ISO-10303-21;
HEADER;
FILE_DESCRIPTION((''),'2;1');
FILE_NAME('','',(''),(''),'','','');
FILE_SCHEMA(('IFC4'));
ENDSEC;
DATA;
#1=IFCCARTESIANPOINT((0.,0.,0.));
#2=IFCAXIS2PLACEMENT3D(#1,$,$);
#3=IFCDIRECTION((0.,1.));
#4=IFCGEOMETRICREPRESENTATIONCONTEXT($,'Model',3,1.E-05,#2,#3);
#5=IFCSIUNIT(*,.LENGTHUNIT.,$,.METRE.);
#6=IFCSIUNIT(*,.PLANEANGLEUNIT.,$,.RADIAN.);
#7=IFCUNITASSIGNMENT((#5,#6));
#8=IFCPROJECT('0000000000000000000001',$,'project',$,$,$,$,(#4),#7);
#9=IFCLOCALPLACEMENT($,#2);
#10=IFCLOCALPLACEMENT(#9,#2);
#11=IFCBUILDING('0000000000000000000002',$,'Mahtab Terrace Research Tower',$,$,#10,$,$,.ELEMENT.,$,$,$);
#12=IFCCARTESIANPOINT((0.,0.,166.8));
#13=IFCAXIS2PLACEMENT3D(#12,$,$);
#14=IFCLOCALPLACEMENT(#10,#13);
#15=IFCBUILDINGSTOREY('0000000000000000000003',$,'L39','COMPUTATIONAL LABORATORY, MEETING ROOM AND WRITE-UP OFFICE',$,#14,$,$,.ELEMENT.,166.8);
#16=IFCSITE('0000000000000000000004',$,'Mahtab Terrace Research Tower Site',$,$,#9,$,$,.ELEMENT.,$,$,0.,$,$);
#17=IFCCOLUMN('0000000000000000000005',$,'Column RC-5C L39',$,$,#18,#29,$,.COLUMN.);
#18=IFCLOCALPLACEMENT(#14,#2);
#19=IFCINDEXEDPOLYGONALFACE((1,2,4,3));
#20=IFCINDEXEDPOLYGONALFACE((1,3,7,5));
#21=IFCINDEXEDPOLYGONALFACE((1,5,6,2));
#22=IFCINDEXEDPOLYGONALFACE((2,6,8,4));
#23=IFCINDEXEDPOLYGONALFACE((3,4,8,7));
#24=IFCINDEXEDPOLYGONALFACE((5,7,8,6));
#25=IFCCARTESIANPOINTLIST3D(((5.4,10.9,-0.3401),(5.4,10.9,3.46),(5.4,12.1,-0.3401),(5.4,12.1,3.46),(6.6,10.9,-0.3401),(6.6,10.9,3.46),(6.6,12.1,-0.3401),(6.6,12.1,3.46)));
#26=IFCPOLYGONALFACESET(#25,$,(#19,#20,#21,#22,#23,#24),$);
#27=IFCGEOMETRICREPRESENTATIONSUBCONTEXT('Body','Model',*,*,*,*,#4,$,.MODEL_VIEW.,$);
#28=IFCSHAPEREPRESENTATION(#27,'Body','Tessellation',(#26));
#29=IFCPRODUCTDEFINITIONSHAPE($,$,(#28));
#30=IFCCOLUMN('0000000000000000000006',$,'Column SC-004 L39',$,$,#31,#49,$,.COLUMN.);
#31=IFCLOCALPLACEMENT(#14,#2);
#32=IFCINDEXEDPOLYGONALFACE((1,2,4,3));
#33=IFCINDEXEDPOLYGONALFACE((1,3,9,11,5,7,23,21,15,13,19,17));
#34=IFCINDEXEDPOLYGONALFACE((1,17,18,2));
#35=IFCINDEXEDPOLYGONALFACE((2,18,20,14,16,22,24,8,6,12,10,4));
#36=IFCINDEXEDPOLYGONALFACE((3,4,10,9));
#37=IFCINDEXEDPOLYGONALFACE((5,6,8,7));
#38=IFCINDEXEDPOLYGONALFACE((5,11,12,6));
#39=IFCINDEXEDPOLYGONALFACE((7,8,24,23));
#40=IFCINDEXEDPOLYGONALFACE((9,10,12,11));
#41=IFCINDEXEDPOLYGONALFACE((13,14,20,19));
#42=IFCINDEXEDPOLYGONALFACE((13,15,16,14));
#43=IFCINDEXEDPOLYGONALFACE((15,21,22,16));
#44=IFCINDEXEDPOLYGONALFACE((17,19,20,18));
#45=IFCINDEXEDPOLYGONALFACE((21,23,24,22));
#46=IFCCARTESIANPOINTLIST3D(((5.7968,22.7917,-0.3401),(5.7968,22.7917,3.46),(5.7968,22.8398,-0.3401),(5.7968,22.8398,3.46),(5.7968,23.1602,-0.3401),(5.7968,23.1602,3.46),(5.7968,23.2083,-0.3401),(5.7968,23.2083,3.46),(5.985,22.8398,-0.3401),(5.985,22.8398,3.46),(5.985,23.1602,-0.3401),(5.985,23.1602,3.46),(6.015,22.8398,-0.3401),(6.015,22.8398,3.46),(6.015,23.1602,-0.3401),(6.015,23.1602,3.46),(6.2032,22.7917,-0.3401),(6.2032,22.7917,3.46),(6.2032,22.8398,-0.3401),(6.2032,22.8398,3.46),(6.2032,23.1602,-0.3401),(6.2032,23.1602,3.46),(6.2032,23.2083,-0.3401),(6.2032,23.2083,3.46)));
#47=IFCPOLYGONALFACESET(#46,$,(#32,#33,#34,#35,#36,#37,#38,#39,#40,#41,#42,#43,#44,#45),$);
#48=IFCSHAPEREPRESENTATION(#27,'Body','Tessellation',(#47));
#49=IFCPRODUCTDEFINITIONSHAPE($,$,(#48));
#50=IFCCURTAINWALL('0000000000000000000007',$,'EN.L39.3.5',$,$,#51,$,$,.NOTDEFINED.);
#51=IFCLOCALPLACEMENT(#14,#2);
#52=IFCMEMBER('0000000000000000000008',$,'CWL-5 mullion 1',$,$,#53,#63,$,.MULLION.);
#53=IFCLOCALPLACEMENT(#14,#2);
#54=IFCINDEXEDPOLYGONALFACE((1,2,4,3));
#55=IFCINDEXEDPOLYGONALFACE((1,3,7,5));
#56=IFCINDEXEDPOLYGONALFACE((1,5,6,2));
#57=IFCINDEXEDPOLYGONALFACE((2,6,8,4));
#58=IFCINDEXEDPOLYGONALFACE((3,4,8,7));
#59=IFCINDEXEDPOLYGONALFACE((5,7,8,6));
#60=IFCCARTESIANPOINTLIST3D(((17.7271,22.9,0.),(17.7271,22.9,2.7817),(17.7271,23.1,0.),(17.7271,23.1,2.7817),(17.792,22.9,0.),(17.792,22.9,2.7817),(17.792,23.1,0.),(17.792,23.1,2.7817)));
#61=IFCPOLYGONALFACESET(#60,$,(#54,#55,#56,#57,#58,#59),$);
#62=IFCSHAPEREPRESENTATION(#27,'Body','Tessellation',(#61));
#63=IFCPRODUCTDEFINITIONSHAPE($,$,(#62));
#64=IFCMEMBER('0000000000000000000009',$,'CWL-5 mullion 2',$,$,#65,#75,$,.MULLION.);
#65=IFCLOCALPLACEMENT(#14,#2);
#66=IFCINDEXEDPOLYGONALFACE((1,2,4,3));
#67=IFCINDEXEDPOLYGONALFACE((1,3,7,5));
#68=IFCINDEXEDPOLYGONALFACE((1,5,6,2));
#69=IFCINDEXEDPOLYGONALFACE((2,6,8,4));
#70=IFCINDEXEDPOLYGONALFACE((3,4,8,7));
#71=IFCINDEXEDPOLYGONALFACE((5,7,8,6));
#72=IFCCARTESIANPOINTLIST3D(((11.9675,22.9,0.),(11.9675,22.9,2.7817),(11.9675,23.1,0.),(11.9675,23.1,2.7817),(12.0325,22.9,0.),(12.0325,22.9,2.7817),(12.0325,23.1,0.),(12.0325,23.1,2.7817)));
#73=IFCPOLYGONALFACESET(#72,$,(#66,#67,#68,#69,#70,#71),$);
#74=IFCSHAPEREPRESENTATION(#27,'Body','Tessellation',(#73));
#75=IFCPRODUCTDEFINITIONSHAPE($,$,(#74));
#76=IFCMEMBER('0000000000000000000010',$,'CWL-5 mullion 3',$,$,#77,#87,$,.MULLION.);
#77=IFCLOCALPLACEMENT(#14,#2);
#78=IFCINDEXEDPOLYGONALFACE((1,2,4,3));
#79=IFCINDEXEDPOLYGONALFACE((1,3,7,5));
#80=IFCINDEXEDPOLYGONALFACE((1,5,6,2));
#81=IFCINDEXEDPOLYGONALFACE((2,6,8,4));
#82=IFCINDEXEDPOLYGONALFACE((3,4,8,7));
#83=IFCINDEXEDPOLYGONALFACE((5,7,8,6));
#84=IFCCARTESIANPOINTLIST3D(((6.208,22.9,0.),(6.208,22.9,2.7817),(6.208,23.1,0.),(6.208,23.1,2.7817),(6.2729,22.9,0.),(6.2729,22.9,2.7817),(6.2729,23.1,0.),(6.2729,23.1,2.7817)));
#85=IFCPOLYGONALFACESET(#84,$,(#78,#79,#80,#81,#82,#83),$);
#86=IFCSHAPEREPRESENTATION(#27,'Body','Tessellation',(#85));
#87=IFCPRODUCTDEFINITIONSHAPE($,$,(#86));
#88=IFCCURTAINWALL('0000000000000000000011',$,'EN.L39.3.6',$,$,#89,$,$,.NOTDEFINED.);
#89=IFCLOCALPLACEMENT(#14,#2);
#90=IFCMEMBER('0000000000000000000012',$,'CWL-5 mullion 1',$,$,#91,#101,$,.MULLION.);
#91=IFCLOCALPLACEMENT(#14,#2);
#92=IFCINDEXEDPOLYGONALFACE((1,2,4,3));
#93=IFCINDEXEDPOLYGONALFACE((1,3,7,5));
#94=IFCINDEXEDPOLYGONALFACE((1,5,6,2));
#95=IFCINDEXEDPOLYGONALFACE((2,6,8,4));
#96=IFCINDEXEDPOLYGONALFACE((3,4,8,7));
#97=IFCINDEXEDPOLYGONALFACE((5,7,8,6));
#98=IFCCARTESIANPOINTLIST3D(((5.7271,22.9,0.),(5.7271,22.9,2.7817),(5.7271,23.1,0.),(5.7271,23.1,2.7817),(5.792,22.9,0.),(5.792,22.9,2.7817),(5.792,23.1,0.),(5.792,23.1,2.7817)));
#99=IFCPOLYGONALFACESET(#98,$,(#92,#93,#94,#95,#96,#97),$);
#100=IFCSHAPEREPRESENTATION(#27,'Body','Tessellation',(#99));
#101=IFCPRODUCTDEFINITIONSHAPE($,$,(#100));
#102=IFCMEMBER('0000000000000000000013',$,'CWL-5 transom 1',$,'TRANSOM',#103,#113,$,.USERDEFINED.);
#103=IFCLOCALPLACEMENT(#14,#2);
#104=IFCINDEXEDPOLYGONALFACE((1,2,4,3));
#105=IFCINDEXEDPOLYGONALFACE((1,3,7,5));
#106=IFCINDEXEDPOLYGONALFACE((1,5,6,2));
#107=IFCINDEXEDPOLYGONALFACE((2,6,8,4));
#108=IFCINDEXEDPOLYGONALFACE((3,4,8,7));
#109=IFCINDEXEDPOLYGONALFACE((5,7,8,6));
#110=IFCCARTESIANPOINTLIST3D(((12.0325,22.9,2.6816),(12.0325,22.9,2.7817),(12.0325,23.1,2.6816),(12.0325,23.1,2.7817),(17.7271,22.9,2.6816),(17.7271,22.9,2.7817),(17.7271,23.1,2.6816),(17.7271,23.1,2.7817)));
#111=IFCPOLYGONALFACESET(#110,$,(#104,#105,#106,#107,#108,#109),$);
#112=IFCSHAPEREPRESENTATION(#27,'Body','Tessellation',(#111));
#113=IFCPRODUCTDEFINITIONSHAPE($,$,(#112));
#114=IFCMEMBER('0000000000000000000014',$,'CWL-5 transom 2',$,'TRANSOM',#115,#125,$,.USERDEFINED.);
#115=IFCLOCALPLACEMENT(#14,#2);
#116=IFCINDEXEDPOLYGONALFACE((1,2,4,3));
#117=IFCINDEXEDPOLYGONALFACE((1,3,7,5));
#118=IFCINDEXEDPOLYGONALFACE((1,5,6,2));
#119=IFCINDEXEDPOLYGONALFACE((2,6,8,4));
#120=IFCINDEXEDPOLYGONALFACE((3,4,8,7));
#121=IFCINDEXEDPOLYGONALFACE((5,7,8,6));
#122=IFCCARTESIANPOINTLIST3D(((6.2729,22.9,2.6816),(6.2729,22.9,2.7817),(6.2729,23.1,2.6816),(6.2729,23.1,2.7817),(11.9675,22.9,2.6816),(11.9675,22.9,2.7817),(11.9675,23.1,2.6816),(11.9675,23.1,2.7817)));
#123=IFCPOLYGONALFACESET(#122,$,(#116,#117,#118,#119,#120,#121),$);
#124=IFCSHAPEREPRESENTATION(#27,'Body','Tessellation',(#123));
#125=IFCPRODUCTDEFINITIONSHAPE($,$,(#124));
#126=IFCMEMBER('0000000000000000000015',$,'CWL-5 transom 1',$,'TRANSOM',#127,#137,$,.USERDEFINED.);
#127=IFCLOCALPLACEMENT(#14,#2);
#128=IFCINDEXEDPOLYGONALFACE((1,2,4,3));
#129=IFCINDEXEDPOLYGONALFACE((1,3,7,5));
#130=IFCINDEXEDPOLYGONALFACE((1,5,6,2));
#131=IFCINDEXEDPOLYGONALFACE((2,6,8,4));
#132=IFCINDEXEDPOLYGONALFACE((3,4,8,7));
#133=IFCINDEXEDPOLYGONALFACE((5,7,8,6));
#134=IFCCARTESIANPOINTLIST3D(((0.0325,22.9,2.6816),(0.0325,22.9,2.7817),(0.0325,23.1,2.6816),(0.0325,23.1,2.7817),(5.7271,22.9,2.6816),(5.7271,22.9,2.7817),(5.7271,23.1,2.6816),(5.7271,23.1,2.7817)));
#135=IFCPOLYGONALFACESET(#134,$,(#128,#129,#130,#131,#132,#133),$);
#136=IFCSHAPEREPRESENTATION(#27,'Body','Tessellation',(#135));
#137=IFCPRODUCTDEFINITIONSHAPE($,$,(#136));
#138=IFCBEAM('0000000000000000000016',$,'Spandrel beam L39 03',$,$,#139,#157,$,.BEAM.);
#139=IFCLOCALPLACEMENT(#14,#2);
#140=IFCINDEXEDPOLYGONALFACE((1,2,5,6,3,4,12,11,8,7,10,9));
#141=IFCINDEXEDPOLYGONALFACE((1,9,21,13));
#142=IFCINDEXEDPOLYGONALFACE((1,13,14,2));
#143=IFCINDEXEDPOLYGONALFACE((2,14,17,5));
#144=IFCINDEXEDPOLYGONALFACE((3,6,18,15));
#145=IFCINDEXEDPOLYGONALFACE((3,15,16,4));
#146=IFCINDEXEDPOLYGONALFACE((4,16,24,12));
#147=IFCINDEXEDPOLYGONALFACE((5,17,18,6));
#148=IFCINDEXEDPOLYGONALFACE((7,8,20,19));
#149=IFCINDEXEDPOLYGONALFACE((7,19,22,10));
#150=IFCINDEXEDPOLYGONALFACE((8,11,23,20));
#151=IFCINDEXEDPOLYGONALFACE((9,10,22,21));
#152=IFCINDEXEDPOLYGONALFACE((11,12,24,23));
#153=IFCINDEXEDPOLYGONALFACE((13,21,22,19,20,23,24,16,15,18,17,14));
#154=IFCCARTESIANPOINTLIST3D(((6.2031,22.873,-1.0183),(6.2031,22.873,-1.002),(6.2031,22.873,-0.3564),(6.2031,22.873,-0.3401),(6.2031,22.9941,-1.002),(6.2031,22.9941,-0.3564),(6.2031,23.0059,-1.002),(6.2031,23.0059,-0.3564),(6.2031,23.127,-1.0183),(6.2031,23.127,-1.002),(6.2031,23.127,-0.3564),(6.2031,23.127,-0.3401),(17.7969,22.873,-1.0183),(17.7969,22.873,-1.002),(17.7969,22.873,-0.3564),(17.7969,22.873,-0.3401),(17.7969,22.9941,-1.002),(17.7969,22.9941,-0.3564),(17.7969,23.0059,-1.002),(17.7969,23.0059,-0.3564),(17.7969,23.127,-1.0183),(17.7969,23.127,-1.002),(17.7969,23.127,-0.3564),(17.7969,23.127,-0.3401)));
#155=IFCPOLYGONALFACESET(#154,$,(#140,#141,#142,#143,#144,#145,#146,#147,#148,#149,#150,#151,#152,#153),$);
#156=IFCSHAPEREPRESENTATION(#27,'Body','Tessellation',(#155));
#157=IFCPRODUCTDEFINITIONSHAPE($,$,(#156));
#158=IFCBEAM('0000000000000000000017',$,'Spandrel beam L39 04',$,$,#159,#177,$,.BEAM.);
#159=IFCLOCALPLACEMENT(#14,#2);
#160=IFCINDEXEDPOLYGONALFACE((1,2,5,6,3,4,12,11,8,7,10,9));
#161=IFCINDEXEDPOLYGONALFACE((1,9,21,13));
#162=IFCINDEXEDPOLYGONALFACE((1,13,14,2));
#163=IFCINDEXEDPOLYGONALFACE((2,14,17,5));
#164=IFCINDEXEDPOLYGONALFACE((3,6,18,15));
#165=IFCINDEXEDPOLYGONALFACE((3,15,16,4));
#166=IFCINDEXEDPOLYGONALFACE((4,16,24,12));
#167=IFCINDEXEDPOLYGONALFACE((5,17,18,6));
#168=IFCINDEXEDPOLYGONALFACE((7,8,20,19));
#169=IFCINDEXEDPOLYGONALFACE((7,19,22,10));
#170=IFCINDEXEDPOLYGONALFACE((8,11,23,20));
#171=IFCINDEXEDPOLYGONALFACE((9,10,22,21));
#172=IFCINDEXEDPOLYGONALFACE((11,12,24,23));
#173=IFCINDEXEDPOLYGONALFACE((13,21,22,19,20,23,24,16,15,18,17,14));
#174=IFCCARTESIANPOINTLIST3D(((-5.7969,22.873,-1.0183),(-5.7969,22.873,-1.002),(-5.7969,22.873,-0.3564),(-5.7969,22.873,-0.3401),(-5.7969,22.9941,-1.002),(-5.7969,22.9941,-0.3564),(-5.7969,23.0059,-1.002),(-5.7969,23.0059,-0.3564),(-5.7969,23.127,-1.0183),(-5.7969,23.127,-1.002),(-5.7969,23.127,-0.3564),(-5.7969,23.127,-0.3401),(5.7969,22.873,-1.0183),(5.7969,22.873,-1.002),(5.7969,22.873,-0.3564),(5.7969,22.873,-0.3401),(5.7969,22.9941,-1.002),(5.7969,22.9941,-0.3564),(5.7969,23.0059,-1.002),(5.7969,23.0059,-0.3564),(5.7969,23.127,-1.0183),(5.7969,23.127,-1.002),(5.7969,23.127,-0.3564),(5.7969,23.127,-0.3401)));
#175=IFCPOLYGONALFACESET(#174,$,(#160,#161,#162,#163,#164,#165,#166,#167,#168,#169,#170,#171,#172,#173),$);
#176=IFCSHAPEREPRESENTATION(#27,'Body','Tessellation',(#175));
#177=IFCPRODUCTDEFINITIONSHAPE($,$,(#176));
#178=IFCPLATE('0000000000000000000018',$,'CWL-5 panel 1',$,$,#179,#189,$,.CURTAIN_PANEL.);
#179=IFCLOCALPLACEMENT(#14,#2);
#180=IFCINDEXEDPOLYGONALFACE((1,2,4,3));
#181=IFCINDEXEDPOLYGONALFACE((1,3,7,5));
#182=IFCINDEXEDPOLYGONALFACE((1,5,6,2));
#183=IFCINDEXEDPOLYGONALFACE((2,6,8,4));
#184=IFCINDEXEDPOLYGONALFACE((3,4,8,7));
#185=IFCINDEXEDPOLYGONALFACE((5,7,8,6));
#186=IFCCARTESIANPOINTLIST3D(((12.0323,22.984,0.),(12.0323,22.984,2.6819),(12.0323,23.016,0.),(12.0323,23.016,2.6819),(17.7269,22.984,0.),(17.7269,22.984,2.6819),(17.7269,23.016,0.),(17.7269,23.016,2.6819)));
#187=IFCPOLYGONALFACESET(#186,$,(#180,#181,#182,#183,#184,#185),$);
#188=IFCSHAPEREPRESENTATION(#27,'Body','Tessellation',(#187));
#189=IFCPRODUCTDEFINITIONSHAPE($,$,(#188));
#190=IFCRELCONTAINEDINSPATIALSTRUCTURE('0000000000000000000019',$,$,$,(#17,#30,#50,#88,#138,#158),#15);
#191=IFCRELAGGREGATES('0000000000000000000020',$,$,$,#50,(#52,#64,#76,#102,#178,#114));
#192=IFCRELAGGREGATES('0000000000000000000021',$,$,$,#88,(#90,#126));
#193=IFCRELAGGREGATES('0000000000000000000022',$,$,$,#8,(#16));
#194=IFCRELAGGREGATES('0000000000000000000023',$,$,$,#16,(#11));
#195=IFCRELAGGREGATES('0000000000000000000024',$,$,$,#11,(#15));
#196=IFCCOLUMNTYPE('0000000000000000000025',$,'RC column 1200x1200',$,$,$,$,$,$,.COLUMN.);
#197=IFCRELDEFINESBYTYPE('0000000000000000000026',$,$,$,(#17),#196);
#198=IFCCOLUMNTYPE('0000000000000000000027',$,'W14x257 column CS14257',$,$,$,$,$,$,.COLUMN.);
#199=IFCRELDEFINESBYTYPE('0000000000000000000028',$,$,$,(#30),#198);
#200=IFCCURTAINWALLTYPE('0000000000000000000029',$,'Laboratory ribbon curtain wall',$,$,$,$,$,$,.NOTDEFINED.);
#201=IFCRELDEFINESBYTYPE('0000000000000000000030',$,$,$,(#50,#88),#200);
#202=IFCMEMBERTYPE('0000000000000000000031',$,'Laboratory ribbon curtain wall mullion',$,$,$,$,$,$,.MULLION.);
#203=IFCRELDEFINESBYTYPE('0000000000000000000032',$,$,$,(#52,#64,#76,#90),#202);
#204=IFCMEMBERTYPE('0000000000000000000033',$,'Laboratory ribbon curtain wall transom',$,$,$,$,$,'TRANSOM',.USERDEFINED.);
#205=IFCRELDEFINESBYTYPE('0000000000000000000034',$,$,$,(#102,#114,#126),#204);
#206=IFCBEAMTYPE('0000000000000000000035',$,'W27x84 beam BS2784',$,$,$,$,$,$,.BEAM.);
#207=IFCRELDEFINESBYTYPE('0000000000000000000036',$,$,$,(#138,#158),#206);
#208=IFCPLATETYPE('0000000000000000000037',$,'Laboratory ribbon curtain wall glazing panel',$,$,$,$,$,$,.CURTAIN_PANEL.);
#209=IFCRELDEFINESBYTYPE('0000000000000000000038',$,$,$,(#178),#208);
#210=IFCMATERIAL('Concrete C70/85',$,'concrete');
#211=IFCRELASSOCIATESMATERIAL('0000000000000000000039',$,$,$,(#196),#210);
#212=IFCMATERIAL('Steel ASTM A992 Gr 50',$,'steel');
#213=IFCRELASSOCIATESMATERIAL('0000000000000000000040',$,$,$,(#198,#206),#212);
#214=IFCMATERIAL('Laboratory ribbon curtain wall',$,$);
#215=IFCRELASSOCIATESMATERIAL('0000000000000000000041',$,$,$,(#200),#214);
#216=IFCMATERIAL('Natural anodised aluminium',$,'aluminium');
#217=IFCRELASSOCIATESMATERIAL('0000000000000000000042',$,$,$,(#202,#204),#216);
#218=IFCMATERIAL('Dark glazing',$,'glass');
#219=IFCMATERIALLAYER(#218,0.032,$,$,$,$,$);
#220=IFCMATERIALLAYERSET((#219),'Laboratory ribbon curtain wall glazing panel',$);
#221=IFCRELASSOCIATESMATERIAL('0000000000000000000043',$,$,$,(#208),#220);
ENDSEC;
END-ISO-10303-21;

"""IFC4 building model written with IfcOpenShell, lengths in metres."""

from ifc_helpers import new_model, si_unit, direction, frame, origin, origin_2d, place, context, subcontext, project, spatial, rectangle, i_section, extrude, material, layer, layer_set, material_profile, profile_set, type_object, element, aggregate, save


model = new_model("IFC4")

# Units and contexts
model_context = context("Model", 3, precision=1e-05, world=origin(), true_north=direction((0.0, 1.0)))
body_context = subcontext(model_context, "Body", "Model", "MODEL_VIEW")
ifc_project = project(units=[si_unit("LENGTHUNIT", "METRE"), si_unit("PLANEANGLEUNIT", "RADIAN")], contexts=[model_context])

# Site, building, storey
site_placement = place(None, origin())
site = spatial("IfcSite", under=ifc_project, at=site_placement, Name="Mahtab Terrace Research Tower Site", CompositionType="ELEMENT", RefElevation=0.0)
building_placement = place(site_placement, origin())
building = spatial("IfcBuilding", under=site, at=building_placement, Name="Mahtab Terrace Research Tower", CompositionType="ELEMENT")
storey_placement = place(building_placement, frame((0.0, 0.0, 166.8)))
storey = spatial("IfcBuildingStorey", under=building, at=storey_placement, Name="L39", Description="COMPUTATIONAL LABORATORY, MEETING ROOM AND WRITE-UP OFFICE", CompositionType="ELEMENT", Elevation=166.8)

# Columns
ifc_material_1 = material(Name="Concrete C70/85", Category="concrete")
ifc_material_profile_1 = material_profile(ifc_material_1, rectangle(XDim=1.2, YDim=1.2, at=origin_2d()), Name="RC column 1200x1200")
ifc_profile_set_1 = profile_set([ifc_material_profile_1], Name="Concrete C70/85")
column_type_1 = type_object("IfcColumnType", Name="RC column 1200x1200", PredefinedType="COLUMN", material=ifc_profile_set_1)
column_1_placement = place(storey_placement, frame((6.0, 11.5, -0.3401), z_axis=(0.0, 0.0, 1.0), x_axis=(1.0, 0.0, 0.0)))
element("IfcColumn", 1, at=column_1_placement, inside=storey, type_object=column_type_1, Name="Column RC-5C L39", PredefinedType="COLUMN", context=body_context, shape_type="SweptSolid", body=[
    extrude(rectangle(XDim=1.2, YDim=1.2, at=origin_2d()), origin(), (0.0, 0.0, 1.0), 3.8),
])
ifc_material_2 = material(Name="Steel ASTM A992 Gr 50", Category="steel")
ifc_material_profile_2 = material_profile(ifc_material_2, i_section(OverallWidth=0.4065, OverallDepth=0.4165, WebThickness=0.03, FlangeThickness=0.0481, at=origin_2d()), Name="W14X257")
ifc_profile_set_2 = profile_set([ifc_material_profile_2], Name="Steel ASTM A992 Gr 50")
column_type_2 = type_object("IfcColumnType", Name="W14x257 column CS14257", PredefinedType="COLUMN", material=ifc_profile_set_2)
column_2_placement = place(storey_placement, frame((6.0, 23.0, -0.3401), z_axis=(0.0, 0.0, 1.0), x_axis=(1.0, 0.0, 0.0)))
element("IfcColumn", 2, at=column_2_placement, inside=storey, type_object=column_type_2, Name="Column SC-004 L39", PredefinedType="COLUMN", context=body_context, shape_type="SweptSolid", body=[
    extrude(i_section(OverallWidth=0.4065, OverallDepth=0.4165, WebThickness=0.03, FlangeThickness=0.0481, at=origin_2d()), origin(), (0.0, 0.0, 1.0), 3.8),
])

# Curtain wall, members
ifc_material_3 = material(Name="Laboratory ribbon curtain wall")
curtain_wall_type = type_object("IfcCurtainWallType", Name="Laboratory ribbon curtain wall", PredefinedType="NOTDEFINED", material=ifc_material_3)
curtain_wall_1_placement = place(storey_placement, origin())
curtain_wall_1 = element("IfcCurtainWall", 3, at=curtain_wall_1_placement, inside=storey, type_object=curtain_wall_type, Name="EN.L39.3.5", PredefinedType="NOTDEFINED")
ifc_material_4 = material(Name="Natural anodised aluminium", Category="aluminium")
ifc_material_profile_3 = material_profile(ifc_material_4, rectangle(XDim=0.2, YDim=0.0649, at=origin_2d()), Name="MULLION 65x200")
ifc_profile_set_3 = profile_set([ifc_material_profile_3], Name="Natural anodised aluminium")
member_type_1 = type_object("IfcMemberType", Name="Laboratory ribbon curtain wall mullion", PredefinedType="MULLION", material=ifc_profile_set_3)
member_1_placement = place(storey_placement, frame((17.7595, 23.0, 0.0), z_axis=(0.0, 0.0, 1.0), x_axis=(0.0, -1.0, 0.0)))
member_1 = element("IfcMember", 4, at=member_1_placement, type_object=member_type_1, Name="CWL-5 mullion 1", PredefinedType="MULLION", context=body_context, shape_type="SweptSolid", body=[
    extrude(rectangle(XDim=0.2, YDim=0.0649, at=origin_2d()), origin(), (0.0, 0.0, 1.0), 2.7817),
])
member_2_placement = place(storey_placement, frame((12.0, 23.0, 0.0), z_axis=(0.0, 0.0, 1.0), x_axis=(0.0, -1.0, 0.0)))
member_2 = element("IfcMember", 5, at=member_2_placement, type_object=member_type_1, Name="CWL-5 mullion 2", PredefinedType="MULLION", context=body_context, shape_type="SweptSolid", body=[
    extrude(rectangle(XDim=0.2, YDim=0.0649, at=origin_2d()), origin(), (0.0, 0.0, 1.0), 2.7817),
])
member_3_placement = place(storey_placement, frame((6.2405, 23.0, 0.0), z_axis=(0.0, 0.0, 1.0), x_axis=(0.0, -1.0, 0.0)))
member_3 = element("IfcMember", 6, at=member_3_placement, type_object=member_type_1, Name="CWL-5 mullion 3", PredefinedType="MULLION", context=body_context, shape_type="SweptSolid", body=[
    extrude(rectangle(XDim=0.2, YDim=0.0649, at=origin_2d()), origin(), (0.0, 0.0, 1.0), 2.7817),
])

# Curtain wall, member
curtain_wall_2_placement = place(storey_placement, origin())
curtain_wall_2 = element("IfcCurtainWall", 7, at=curtain_wall_2_placement, inside=storey, type_object=curtain_wall_type, Name="EN.L39.3.6", PredefinedType="NOTDEFINED")
member_4_placement = place(storey_placement, frame((5.7595, 23.0, 0.0), z_axis=(0.0, 0.0, 1.0), x_axis=(0.0, -1.0, 0.0)))
member_4 = element("IfcMember", 8, at=member_4_placement, type_object=member_type_1, Name="CWL-5 mullion 1", PredefinedType="MULLION", context=body_context, shape_type="SweptSolid", body=[
    extrude(rectangle(XDim=0.2, YDim=0.0649, at=origin_2d()), origin(), (0.0, 0.0, 1.0), 2.7817),
])

# Members
ifc_material_profile_4 = material_profile(ifc_material_4, rectangle(XDim=0.2, YDim=0.1001, at=origin_2d()), Name="TRANSOM 100x200")
ifc_profile_set_4 = profile_set([ifc_material_profile_4], Name="Natural anodised aluminium")
member_type_2 = type_object("IfcMemberType", Name="Laboratory ribbon curtain wall transom", ElementType="TRANSOM", PredefinedType="USERDEFINED", material=ifc_profile_set_4)
member_5_placement = place(storey_placement, frame((17.7271, 23.0, 2.7317), z_axis=(-1.0, 0.0, 0.0), x_axis=(0.0, -1.0, 0.0)))
member_5 = element("IfcMember", 9, at=member_5_placement, type_object=member_type_2, Name="CWL-5 transom 1", ObjectType="TRANSOM", PredefinedType="USERDEFINED", context=body_context, shape_type="SweptSolid", body=[
    extrude(rectangle(XDim=0.2, YDim=0.1001, at=origin_2d()), origin(), (0.0, 0.0, 1.0), 5.6946),
])
member_6_placement = place(storey_placement, frame((11.9675, 23.0, 2.7317), z_axis=(-1.0, 0.0, 0.0), x_axis=(0.0, -1.0, 0.0)))
member_6 = element("IfcMember", 10, at=member_6_placement, type_object=member_type_2, Name="CWL-5 transom 2", ObjectType="TRANSOM", PredefinedType="USERDEFINED", context=body_context, shape_type="SweptSolid", body=[
    extrude(rectangle(XDim=0.2, YDim=0.1001, at=origin_2d()), origin(), (0.0, 0.0, 1.0), 5.6946),
])
member_7_placement = place(storey_placement, frame((5.7271, 23.0, 2.7317), z_axis=(-1.0, 0.0, 0.0), x_axis=(0.0, -1.0, 0.0)))
member_7 = element("IfcMember", 11, at=member_7_placement, type_object=member_type_2, Name="CWL-5 transom 1", ObjectType="TRANSOM", PredefinedType="USERDEFINED", context=body_context, shape_type="SweptSolid", body=[
    extrude(rectangle(XDim=0.2, YDim=0.1001, at=origin_2d()), origin(), (0.0, 0.0, 1.0), 5.6946),
])

# Beams
ifc_material_profile_5 = material_profile(ifc_material_2, i_section(OverallWidth=0.2539, OverallDepth=0.6782, WebThickness=0.0117, FlangeThickness=0.0164, at=origin_2d()), Name="W27X84")
ifc_profile_set_5 = profile_set([ifc_material_profile_5], Name="Steel ASTM A992 Gr 50")
beam_type = type_object("IfcBeamType", Name="W27x84 beam BS2784", PredefinedType="BEAM", material=ifc_profile_set_5)
for number, where, z_axis, x_axis, name in (
    (12, (17.7969, 23.0, -0.6792), (-1.0, 0.0, 0.0), (0.0, -1.0, 0.0), "Spandrel beam L39 03"),
    (13, (5.7969, 23.0, -0.6792), (-1.0, 0.0, 0.0), (0.0, -1.0, 0.0), "Spandrel beam L39 04"),
):
    element("IfcBeam", number, at=place(storey_placement, frame(where, z_axis=z_axis, x_axis=x_axis)), inside=storey, type_object=beam_type, Name=name, PredefinedType="BEAM", context=body_context, shape_type="SweptSolid", body=[
        extrude(i_section(OverallWidth=0.2539, OverallDepth=0.6782, WebThickness=0.0117, FlangeThickness=0.0164, at=origin_2d()), origin(), (0.0, 0.0, 1.0), 11.5938),
    ])

# Plate
ifc_material_5 = material(Name="Dark glazing", Category="glass")
ifc_layer_1 = layer(ifc_material_5, 0.032)
ifc_layer_set_1 = layer_set([ifc_layer_1], Name="Laboratory ribbon curtain wall glazing panel")
plate_type = type_object("IfcPlateType", Name="Laboratory ribbon curtain wall glazing panel", PredefinedType="CURTAIN_PANEL", material=ifc_layer_set_1)
plate_1_placement = place(storey_placement, frame((14.8796, 23.0, 0.0), z_axis=(0.0, 0.0, 1.0), x_axis=(-1.0, 0.0, 0.0)))
plate_1 = element("IfcPlate", 14, at=plate_1_placement, type_object=plate_type, Name="CWL-5 panel 1", PredefinedType="CURTAIN_PANEL", context=body_context, shape_type="SweptSolid", body=[
    extrude(rectangle(XDim=5.6946, YDim=0.032, at=origin_2d()), origin(), (0.0, 0.0, 1.0), 2.6819),
])
aggregate(curtain_wall_1, [member_1, member_2, member_3, member_5, plate_1, member_6])
aggregate(curtain_wall_2, [member_4, member_7])

save(model, "model.ifc")
